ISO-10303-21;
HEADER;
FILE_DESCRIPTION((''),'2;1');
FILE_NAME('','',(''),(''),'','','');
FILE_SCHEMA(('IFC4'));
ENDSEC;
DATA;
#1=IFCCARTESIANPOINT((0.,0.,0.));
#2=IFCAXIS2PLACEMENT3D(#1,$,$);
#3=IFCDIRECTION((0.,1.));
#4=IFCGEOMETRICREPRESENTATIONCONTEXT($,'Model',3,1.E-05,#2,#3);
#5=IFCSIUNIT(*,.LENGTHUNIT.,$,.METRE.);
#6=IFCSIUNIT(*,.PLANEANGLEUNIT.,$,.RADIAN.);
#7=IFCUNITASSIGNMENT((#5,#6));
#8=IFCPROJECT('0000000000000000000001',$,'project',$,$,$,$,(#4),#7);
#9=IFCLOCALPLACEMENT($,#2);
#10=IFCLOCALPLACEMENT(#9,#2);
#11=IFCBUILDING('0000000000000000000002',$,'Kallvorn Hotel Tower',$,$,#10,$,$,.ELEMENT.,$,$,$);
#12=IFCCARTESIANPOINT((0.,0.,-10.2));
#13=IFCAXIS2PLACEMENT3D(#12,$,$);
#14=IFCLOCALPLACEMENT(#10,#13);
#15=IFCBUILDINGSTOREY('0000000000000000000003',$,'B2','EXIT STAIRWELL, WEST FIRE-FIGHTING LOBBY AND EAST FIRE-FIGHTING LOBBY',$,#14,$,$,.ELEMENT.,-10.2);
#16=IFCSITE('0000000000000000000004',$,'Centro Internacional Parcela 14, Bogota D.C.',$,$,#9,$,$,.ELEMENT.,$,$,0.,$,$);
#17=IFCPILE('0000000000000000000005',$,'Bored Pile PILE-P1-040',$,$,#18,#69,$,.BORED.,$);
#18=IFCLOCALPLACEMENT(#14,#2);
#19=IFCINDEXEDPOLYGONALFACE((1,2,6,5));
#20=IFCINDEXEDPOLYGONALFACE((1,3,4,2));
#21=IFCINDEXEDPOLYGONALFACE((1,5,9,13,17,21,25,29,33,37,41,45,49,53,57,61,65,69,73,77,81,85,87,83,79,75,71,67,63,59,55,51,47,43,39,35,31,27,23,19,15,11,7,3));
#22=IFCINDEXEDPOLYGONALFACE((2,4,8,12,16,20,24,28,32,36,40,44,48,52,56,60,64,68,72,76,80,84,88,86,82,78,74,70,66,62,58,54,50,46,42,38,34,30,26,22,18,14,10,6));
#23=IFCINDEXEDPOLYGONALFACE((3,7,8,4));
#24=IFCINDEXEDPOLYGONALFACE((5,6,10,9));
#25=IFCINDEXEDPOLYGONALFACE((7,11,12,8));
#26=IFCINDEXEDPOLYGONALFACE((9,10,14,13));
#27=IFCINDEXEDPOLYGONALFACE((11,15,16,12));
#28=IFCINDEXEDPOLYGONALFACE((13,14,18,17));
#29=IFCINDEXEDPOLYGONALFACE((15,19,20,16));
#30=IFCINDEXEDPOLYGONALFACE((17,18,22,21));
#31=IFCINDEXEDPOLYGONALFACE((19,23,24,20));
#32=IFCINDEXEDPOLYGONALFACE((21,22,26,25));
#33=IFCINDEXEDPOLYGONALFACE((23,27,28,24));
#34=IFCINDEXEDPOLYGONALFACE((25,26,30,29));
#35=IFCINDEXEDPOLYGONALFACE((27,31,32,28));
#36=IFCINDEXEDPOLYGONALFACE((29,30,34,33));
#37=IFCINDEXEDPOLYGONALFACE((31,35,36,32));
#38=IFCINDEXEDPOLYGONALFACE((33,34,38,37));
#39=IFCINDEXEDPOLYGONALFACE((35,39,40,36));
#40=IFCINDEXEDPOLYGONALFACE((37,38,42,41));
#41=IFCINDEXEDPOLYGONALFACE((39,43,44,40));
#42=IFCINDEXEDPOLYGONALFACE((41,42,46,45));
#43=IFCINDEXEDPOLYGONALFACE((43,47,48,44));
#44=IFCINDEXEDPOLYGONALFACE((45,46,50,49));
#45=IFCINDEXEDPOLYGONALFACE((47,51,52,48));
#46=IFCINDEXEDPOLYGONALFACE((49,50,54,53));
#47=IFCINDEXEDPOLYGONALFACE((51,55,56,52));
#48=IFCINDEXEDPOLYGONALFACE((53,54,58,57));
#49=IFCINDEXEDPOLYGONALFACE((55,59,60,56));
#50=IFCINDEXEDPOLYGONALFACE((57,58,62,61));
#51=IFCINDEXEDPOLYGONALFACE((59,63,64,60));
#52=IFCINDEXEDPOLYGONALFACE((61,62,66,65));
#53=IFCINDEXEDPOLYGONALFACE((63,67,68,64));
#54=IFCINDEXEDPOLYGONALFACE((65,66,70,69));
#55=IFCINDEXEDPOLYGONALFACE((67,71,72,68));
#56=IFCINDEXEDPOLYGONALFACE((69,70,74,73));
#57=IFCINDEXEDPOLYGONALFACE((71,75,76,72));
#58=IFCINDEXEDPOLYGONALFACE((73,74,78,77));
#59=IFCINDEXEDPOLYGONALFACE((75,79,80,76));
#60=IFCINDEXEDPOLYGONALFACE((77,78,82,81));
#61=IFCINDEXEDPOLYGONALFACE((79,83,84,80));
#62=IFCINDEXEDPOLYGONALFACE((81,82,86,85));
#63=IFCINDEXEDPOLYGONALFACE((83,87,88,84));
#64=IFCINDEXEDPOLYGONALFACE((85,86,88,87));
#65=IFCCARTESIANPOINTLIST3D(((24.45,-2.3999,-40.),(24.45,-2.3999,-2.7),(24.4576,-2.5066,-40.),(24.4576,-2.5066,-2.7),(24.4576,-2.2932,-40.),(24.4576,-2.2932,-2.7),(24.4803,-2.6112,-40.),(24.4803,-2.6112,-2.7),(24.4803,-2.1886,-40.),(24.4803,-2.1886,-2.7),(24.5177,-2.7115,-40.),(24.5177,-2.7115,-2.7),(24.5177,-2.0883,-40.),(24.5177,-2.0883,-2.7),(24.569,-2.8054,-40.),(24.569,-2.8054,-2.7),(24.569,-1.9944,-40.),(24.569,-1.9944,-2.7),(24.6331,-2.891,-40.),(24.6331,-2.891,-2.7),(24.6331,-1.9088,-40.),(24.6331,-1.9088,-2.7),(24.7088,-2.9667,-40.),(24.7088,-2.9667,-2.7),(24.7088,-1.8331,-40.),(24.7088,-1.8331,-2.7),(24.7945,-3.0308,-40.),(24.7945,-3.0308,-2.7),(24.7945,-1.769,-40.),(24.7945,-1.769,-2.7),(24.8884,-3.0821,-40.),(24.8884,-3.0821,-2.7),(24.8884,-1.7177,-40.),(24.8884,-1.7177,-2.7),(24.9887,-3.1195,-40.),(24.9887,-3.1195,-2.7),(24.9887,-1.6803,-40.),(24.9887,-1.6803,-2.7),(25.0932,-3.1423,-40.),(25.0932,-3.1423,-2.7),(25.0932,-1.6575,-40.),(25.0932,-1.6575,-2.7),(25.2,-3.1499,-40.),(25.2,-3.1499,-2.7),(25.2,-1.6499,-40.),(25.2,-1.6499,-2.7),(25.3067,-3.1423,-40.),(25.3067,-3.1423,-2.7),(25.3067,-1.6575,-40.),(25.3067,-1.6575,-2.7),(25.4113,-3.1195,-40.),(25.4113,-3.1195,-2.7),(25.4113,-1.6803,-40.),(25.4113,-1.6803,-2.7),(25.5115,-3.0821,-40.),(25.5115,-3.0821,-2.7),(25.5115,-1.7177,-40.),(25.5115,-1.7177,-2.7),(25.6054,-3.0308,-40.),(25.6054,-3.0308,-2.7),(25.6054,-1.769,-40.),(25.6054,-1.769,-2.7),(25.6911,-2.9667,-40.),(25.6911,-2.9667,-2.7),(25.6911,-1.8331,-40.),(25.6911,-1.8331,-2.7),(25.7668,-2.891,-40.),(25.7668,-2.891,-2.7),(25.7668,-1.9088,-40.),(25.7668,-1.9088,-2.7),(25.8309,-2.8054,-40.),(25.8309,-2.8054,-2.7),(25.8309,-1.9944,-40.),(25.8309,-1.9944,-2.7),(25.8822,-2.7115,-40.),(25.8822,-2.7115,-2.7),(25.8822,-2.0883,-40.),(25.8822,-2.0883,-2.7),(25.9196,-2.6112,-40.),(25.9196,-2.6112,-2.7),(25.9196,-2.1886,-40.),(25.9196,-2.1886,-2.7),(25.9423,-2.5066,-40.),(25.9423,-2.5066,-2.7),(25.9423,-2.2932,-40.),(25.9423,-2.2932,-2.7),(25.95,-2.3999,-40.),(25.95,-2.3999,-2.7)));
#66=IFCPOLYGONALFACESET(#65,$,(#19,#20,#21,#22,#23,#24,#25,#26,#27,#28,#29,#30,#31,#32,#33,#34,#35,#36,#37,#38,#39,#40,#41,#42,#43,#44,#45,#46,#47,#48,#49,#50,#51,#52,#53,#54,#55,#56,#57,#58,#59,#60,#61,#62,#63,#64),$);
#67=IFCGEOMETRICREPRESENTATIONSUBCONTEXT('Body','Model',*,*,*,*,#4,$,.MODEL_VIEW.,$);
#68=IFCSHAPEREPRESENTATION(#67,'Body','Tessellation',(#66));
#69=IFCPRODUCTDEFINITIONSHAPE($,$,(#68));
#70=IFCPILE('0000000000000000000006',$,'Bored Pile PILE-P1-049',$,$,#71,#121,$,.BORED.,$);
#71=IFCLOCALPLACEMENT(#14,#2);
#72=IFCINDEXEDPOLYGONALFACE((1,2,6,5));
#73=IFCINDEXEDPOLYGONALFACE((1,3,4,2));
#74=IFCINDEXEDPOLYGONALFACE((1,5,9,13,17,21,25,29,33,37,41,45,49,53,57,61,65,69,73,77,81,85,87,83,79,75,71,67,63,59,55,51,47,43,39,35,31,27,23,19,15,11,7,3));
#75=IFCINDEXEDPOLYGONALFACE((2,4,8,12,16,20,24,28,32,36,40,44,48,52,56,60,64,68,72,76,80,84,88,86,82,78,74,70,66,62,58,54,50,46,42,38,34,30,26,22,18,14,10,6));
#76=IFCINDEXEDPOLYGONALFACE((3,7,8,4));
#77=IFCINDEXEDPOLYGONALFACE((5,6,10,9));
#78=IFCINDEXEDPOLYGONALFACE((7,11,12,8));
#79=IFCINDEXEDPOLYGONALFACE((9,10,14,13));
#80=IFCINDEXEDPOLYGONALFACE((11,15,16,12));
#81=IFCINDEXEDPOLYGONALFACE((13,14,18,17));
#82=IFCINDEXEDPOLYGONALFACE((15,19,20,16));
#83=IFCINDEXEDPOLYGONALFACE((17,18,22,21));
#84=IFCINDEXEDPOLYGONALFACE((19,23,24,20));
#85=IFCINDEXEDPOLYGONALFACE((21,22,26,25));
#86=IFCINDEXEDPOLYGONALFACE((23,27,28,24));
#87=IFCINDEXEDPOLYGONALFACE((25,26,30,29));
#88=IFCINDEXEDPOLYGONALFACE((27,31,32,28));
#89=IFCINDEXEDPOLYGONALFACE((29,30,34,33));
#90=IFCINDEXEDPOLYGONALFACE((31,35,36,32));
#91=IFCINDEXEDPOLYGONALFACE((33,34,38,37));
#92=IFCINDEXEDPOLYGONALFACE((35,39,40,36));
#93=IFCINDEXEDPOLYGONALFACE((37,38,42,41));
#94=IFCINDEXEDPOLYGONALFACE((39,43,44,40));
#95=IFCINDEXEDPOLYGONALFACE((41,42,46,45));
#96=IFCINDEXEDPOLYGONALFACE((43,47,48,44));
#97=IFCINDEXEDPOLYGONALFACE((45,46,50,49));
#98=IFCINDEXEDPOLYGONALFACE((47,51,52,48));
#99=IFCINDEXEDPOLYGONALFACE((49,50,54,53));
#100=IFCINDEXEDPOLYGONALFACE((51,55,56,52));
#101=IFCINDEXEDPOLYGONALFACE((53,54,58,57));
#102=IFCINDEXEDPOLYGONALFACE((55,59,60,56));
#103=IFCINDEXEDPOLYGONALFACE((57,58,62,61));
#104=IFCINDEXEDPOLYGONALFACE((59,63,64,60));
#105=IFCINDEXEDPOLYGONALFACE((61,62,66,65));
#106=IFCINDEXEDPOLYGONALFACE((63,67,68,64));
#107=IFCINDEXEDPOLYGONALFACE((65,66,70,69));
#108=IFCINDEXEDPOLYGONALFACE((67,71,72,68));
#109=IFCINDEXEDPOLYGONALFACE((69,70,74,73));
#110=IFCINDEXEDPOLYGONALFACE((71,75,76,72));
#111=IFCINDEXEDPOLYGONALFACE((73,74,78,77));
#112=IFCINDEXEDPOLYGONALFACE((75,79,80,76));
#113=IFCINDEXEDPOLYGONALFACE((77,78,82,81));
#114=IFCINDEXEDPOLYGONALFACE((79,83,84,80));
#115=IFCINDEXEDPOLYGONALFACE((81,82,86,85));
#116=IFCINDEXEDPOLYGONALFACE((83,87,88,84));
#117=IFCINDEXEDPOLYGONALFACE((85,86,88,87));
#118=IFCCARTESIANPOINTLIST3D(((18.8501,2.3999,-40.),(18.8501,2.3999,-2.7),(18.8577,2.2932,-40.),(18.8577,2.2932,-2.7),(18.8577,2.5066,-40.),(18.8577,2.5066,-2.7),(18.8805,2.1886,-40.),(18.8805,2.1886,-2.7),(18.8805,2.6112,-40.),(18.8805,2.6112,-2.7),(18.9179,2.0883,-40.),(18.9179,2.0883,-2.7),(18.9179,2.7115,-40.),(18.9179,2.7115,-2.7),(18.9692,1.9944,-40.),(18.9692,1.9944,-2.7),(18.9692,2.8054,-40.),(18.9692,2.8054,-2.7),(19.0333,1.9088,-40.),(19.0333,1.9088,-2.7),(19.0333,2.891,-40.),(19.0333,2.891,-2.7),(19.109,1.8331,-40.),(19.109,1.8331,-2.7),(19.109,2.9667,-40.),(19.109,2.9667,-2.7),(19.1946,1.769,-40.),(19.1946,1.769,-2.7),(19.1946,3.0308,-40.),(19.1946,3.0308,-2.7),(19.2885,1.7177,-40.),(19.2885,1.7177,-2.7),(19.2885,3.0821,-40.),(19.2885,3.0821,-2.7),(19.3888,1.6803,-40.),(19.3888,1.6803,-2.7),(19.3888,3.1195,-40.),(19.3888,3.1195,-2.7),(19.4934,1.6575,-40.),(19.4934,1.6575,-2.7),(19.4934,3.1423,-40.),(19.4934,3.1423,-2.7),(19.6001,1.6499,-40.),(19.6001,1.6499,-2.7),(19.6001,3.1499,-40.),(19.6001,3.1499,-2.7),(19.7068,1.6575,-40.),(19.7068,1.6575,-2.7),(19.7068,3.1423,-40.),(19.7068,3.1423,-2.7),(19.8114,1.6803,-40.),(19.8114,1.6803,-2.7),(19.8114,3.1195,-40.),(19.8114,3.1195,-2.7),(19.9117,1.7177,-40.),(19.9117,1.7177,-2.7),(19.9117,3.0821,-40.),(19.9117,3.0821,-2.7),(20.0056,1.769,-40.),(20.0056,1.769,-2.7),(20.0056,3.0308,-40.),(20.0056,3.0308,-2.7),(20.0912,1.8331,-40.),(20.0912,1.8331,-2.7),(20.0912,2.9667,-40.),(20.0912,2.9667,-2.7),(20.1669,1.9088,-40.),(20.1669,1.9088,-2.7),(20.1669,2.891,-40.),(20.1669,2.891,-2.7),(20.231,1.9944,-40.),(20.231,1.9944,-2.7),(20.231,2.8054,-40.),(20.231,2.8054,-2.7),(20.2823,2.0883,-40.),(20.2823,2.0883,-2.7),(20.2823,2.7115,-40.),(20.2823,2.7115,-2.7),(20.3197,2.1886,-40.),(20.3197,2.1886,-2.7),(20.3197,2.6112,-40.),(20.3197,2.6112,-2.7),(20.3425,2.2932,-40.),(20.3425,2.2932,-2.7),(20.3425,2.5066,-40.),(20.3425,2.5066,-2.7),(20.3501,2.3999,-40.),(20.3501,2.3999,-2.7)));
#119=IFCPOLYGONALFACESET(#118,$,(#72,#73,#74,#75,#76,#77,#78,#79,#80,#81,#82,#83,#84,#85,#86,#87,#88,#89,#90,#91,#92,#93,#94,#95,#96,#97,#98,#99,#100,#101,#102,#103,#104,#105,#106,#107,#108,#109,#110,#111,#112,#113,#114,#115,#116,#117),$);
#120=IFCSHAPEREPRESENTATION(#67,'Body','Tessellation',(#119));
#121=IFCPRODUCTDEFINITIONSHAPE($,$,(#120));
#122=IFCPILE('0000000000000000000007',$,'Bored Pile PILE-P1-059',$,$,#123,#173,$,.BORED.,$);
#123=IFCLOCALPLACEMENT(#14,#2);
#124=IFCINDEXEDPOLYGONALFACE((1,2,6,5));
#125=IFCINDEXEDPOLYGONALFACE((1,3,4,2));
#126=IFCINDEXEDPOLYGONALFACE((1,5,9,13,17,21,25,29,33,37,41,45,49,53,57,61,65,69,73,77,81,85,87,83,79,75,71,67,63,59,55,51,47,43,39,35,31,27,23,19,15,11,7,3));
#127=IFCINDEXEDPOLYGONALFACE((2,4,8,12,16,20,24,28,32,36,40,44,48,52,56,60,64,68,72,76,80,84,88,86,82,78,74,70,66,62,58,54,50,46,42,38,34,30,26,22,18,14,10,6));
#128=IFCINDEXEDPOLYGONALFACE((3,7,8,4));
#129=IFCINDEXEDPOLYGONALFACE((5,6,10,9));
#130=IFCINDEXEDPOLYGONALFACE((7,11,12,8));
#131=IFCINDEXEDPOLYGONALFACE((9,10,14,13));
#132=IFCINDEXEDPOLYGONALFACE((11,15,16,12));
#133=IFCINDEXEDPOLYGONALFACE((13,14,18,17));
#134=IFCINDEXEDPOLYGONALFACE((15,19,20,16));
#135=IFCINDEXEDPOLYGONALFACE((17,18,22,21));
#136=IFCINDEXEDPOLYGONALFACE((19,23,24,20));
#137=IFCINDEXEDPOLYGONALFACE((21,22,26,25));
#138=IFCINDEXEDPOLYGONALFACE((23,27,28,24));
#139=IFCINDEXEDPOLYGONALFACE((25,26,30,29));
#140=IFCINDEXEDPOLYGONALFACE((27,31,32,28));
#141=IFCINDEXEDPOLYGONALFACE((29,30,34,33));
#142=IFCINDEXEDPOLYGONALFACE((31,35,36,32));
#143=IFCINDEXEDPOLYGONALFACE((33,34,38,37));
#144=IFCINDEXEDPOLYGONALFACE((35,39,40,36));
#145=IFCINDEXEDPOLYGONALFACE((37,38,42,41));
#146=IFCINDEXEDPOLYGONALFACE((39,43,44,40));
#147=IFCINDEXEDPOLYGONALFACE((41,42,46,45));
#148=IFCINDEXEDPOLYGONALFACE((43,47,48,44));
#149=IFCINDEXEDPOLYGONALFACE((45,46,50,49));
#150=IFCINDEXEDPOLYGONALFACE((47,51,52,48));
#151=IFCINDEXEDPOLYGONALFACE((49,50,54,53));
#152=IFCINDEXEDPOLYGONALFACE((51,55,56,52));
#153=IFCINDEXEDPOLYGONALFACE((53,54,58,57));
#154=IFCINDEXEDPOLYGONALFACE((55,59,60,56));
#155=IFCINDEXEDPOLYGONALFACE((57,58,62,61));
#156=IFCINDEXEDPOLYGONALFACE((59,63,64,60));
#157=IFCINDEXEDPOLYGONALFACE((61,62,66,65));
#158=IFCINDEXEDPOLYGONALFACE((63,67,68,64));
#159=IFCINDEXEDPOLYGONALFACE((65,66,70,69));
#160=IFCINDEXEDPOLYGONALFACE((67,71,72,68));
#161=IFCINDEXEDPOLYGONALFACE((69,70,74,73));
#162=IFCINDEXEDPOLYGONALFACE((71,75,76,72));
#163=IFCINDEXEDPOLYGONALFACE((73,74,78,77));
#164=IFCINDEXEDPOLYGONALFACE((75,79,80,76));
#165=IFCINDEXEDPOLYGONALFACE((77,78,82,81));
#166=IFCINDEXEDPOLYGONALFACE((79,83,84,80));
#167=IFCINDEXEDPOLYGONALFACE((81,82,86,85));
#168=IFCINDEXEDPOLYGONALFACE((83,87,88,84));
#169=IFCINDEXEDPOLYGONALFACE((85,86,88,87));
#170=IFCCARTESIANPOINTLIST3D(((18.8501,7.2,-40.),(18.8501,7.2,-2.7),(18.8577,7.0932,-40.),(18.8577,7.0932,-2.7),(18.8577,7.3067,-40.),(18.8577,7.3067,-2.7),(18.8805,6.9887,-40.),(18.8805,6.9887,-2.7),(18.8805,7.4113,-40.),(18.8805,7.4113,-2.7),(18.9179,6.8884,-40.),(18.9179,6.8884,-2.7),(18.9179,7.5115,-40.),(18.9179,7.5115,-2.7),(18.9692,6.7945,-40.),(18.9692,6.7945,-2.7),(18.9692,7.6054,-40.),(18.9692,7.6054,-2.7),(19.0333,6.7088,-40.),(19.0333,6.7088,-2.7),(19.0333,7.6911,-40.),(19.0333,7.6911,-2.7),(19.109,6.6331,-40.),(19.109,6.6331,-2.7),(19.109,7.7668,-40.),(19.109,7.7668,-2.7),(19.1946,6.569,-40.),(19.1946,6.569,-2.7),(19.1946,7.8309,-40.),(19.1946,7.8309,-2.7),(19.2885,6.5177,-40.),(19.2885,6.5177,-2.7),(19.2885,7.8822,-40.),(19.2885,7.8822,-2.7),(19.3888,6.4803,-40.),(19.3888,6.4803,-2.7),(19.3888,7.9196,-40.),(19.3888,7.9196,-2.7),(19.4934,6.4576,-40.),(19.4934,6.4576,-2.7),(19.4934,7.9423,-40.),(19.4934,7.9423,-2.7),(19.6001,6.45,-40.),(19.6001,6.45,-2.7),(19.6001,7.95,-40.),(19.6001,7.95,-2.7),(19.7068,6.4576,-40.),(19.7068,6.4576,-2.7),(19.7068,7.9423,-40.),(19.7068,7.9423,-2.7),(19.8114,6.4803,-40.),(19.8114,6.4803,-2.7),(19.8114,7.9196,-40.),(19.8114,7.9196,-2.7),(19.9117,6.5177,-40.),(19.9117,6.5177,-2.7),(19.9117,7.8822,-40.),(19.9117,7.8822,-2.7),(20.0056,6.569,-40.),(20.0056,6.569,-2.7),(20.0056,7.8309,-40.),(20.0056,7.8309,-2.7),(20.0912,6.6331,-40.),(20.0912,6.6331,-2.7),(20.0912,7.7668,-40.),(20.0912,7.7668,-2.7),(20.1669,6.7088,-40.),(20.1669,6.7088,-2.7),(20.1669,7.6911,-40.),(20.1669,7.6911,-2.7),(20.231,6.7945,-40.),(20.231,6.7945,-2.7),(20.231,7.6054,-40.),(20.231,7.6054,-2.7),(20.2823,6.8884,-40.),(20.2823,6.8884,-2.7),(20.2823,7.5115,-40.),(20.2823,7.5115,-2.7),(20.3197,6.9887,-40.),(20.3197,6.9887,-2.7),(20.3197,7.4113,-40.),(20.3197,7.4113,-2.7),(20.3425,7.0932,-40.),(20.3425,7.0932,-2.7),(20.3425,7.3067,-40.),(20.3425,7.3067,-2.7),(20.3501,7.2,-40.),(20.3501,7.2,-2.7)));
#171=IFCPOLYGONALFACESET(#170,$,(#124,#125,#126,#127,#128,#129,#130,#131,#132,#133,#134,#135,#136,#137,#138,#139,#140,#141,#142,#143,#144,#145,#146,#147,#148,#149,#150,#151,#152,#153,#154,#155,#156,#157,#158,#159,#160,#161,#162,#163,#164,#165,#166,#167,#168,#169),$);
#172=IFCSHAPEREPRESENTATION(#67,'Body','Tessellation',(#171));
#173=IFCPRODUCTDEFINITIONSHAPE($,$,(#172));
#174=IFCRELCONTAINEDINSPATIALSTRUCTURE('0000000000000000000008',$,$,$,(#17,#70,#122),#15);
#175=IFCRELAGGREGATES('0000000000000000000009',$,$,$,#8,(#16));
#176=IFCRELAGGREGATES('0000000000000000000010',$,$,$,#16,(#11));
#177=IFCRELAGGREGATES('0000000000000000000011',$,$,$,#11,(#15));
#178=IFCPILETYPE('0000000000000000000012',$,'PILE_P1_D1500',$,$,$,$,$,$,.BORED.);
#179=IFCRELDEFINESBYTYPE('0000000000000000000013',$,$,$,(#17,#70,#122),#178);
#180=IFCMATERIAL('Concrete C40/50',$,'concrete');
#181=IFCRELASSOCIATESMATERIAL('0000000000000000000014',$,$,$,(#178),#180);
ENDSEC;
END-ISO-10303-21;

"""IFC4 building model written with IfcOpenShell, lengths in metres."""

from ifc_helpers import new_model, si_unit, direction, frame, origin, origin_2d, place, context, subcontext, project, spatial, circle, extrude, material, material_profile, profile_set, type_object, element, save


model = new_model("IFC4")

# Units and contexts
model_context = context("Model", 3, precision=1e-05, world=origin(), true_north=direction((0.0, 1.0)))
body_context = subcontext(model_context, "Body", "Model", "MODEL_VIEW")
ifc_project = project(units=[si_unit("LENGTHUNIT", "METRE"), si_unit("PLANEANGLEUNIT", "RADIAN")], contexts=[model_context])

# Site, building, storey
site_placement = place(None, origin())
site = spatial("IfcSite", under=ifc_project, at=site_placement, Name="Centro Internacional Parcela 14, Bogota D.C.", CompositionType="ELEMENT", RefElevation=0.0)
building_placement = place(site_placement, origin())
building = spatial("IfcBuilding", under=site, at=building_placement, Name="Kallvorn Hotel Tower", CompositionType="ELEMENT")
storey_placement = place(building_placement, frame((0.0, 0.0, -10.2)))
storey = spatial("IfcBuildingStorey", under=building, at=storey_placement, Name="B2", Description="EXIT STAIRWELL, WEST FIRE-FIGHTING LOBBY AND EAST FIRE-FIGHTING LOBBY", CompositionType="ELEMENT", Elevation=-10.2)

# Piles
ifc_material_1 = material(Name="Concrete C40/50", Category="concrete")
ifc_material_profile_1 = material_profile(ifc_material_1, circle(Radius=0.75, at=origin_2d()), Name="PILE D1500")
ifc_profile_set_1 = profile_set([ifc_material_profile_1], Name="Concrete C40/50")
pile_type = type_object("IfcPileType", Name="PILE_P1_D1500", PredefinedType="BORED", material=ifc_profile_set_1)
for number, where, z_axis, x_axis, name in (
    (1, (25.2, -2.3999, -2.7), (0.0, 0.0, -1.0), (1.0, 0.0, 0.0), "Bored Pile PILE-P1-040"),
    (2, (19.6001, 2.3999, -2.7), (0.0, 0.0, -1.0), (1.0, 0.0, 0.0), "Bored Pile PILE-P1-049"),
    (3, (19.6001, 7.2, -2.7), (0.0, 0.0, -1.0), (1.0, 0.0, 0.0), "Bored Pile PILE-P1-059"),
):
    element("IfcPile", number, at=place(storey_placement, frame(where, z_axis=z_axis, x_axis=x_axis)), inside=storey, type_object=pile_type, Name=name, PredefinedType="BORED", context=body_context, shape_type="SweptSolid", body=[
        extrude(circle(Radius=0.75, at=origin_2d()), origin(), (0.0, 0.0, 1.0), 37.3),
    ])

save(model, "model.ifc")
